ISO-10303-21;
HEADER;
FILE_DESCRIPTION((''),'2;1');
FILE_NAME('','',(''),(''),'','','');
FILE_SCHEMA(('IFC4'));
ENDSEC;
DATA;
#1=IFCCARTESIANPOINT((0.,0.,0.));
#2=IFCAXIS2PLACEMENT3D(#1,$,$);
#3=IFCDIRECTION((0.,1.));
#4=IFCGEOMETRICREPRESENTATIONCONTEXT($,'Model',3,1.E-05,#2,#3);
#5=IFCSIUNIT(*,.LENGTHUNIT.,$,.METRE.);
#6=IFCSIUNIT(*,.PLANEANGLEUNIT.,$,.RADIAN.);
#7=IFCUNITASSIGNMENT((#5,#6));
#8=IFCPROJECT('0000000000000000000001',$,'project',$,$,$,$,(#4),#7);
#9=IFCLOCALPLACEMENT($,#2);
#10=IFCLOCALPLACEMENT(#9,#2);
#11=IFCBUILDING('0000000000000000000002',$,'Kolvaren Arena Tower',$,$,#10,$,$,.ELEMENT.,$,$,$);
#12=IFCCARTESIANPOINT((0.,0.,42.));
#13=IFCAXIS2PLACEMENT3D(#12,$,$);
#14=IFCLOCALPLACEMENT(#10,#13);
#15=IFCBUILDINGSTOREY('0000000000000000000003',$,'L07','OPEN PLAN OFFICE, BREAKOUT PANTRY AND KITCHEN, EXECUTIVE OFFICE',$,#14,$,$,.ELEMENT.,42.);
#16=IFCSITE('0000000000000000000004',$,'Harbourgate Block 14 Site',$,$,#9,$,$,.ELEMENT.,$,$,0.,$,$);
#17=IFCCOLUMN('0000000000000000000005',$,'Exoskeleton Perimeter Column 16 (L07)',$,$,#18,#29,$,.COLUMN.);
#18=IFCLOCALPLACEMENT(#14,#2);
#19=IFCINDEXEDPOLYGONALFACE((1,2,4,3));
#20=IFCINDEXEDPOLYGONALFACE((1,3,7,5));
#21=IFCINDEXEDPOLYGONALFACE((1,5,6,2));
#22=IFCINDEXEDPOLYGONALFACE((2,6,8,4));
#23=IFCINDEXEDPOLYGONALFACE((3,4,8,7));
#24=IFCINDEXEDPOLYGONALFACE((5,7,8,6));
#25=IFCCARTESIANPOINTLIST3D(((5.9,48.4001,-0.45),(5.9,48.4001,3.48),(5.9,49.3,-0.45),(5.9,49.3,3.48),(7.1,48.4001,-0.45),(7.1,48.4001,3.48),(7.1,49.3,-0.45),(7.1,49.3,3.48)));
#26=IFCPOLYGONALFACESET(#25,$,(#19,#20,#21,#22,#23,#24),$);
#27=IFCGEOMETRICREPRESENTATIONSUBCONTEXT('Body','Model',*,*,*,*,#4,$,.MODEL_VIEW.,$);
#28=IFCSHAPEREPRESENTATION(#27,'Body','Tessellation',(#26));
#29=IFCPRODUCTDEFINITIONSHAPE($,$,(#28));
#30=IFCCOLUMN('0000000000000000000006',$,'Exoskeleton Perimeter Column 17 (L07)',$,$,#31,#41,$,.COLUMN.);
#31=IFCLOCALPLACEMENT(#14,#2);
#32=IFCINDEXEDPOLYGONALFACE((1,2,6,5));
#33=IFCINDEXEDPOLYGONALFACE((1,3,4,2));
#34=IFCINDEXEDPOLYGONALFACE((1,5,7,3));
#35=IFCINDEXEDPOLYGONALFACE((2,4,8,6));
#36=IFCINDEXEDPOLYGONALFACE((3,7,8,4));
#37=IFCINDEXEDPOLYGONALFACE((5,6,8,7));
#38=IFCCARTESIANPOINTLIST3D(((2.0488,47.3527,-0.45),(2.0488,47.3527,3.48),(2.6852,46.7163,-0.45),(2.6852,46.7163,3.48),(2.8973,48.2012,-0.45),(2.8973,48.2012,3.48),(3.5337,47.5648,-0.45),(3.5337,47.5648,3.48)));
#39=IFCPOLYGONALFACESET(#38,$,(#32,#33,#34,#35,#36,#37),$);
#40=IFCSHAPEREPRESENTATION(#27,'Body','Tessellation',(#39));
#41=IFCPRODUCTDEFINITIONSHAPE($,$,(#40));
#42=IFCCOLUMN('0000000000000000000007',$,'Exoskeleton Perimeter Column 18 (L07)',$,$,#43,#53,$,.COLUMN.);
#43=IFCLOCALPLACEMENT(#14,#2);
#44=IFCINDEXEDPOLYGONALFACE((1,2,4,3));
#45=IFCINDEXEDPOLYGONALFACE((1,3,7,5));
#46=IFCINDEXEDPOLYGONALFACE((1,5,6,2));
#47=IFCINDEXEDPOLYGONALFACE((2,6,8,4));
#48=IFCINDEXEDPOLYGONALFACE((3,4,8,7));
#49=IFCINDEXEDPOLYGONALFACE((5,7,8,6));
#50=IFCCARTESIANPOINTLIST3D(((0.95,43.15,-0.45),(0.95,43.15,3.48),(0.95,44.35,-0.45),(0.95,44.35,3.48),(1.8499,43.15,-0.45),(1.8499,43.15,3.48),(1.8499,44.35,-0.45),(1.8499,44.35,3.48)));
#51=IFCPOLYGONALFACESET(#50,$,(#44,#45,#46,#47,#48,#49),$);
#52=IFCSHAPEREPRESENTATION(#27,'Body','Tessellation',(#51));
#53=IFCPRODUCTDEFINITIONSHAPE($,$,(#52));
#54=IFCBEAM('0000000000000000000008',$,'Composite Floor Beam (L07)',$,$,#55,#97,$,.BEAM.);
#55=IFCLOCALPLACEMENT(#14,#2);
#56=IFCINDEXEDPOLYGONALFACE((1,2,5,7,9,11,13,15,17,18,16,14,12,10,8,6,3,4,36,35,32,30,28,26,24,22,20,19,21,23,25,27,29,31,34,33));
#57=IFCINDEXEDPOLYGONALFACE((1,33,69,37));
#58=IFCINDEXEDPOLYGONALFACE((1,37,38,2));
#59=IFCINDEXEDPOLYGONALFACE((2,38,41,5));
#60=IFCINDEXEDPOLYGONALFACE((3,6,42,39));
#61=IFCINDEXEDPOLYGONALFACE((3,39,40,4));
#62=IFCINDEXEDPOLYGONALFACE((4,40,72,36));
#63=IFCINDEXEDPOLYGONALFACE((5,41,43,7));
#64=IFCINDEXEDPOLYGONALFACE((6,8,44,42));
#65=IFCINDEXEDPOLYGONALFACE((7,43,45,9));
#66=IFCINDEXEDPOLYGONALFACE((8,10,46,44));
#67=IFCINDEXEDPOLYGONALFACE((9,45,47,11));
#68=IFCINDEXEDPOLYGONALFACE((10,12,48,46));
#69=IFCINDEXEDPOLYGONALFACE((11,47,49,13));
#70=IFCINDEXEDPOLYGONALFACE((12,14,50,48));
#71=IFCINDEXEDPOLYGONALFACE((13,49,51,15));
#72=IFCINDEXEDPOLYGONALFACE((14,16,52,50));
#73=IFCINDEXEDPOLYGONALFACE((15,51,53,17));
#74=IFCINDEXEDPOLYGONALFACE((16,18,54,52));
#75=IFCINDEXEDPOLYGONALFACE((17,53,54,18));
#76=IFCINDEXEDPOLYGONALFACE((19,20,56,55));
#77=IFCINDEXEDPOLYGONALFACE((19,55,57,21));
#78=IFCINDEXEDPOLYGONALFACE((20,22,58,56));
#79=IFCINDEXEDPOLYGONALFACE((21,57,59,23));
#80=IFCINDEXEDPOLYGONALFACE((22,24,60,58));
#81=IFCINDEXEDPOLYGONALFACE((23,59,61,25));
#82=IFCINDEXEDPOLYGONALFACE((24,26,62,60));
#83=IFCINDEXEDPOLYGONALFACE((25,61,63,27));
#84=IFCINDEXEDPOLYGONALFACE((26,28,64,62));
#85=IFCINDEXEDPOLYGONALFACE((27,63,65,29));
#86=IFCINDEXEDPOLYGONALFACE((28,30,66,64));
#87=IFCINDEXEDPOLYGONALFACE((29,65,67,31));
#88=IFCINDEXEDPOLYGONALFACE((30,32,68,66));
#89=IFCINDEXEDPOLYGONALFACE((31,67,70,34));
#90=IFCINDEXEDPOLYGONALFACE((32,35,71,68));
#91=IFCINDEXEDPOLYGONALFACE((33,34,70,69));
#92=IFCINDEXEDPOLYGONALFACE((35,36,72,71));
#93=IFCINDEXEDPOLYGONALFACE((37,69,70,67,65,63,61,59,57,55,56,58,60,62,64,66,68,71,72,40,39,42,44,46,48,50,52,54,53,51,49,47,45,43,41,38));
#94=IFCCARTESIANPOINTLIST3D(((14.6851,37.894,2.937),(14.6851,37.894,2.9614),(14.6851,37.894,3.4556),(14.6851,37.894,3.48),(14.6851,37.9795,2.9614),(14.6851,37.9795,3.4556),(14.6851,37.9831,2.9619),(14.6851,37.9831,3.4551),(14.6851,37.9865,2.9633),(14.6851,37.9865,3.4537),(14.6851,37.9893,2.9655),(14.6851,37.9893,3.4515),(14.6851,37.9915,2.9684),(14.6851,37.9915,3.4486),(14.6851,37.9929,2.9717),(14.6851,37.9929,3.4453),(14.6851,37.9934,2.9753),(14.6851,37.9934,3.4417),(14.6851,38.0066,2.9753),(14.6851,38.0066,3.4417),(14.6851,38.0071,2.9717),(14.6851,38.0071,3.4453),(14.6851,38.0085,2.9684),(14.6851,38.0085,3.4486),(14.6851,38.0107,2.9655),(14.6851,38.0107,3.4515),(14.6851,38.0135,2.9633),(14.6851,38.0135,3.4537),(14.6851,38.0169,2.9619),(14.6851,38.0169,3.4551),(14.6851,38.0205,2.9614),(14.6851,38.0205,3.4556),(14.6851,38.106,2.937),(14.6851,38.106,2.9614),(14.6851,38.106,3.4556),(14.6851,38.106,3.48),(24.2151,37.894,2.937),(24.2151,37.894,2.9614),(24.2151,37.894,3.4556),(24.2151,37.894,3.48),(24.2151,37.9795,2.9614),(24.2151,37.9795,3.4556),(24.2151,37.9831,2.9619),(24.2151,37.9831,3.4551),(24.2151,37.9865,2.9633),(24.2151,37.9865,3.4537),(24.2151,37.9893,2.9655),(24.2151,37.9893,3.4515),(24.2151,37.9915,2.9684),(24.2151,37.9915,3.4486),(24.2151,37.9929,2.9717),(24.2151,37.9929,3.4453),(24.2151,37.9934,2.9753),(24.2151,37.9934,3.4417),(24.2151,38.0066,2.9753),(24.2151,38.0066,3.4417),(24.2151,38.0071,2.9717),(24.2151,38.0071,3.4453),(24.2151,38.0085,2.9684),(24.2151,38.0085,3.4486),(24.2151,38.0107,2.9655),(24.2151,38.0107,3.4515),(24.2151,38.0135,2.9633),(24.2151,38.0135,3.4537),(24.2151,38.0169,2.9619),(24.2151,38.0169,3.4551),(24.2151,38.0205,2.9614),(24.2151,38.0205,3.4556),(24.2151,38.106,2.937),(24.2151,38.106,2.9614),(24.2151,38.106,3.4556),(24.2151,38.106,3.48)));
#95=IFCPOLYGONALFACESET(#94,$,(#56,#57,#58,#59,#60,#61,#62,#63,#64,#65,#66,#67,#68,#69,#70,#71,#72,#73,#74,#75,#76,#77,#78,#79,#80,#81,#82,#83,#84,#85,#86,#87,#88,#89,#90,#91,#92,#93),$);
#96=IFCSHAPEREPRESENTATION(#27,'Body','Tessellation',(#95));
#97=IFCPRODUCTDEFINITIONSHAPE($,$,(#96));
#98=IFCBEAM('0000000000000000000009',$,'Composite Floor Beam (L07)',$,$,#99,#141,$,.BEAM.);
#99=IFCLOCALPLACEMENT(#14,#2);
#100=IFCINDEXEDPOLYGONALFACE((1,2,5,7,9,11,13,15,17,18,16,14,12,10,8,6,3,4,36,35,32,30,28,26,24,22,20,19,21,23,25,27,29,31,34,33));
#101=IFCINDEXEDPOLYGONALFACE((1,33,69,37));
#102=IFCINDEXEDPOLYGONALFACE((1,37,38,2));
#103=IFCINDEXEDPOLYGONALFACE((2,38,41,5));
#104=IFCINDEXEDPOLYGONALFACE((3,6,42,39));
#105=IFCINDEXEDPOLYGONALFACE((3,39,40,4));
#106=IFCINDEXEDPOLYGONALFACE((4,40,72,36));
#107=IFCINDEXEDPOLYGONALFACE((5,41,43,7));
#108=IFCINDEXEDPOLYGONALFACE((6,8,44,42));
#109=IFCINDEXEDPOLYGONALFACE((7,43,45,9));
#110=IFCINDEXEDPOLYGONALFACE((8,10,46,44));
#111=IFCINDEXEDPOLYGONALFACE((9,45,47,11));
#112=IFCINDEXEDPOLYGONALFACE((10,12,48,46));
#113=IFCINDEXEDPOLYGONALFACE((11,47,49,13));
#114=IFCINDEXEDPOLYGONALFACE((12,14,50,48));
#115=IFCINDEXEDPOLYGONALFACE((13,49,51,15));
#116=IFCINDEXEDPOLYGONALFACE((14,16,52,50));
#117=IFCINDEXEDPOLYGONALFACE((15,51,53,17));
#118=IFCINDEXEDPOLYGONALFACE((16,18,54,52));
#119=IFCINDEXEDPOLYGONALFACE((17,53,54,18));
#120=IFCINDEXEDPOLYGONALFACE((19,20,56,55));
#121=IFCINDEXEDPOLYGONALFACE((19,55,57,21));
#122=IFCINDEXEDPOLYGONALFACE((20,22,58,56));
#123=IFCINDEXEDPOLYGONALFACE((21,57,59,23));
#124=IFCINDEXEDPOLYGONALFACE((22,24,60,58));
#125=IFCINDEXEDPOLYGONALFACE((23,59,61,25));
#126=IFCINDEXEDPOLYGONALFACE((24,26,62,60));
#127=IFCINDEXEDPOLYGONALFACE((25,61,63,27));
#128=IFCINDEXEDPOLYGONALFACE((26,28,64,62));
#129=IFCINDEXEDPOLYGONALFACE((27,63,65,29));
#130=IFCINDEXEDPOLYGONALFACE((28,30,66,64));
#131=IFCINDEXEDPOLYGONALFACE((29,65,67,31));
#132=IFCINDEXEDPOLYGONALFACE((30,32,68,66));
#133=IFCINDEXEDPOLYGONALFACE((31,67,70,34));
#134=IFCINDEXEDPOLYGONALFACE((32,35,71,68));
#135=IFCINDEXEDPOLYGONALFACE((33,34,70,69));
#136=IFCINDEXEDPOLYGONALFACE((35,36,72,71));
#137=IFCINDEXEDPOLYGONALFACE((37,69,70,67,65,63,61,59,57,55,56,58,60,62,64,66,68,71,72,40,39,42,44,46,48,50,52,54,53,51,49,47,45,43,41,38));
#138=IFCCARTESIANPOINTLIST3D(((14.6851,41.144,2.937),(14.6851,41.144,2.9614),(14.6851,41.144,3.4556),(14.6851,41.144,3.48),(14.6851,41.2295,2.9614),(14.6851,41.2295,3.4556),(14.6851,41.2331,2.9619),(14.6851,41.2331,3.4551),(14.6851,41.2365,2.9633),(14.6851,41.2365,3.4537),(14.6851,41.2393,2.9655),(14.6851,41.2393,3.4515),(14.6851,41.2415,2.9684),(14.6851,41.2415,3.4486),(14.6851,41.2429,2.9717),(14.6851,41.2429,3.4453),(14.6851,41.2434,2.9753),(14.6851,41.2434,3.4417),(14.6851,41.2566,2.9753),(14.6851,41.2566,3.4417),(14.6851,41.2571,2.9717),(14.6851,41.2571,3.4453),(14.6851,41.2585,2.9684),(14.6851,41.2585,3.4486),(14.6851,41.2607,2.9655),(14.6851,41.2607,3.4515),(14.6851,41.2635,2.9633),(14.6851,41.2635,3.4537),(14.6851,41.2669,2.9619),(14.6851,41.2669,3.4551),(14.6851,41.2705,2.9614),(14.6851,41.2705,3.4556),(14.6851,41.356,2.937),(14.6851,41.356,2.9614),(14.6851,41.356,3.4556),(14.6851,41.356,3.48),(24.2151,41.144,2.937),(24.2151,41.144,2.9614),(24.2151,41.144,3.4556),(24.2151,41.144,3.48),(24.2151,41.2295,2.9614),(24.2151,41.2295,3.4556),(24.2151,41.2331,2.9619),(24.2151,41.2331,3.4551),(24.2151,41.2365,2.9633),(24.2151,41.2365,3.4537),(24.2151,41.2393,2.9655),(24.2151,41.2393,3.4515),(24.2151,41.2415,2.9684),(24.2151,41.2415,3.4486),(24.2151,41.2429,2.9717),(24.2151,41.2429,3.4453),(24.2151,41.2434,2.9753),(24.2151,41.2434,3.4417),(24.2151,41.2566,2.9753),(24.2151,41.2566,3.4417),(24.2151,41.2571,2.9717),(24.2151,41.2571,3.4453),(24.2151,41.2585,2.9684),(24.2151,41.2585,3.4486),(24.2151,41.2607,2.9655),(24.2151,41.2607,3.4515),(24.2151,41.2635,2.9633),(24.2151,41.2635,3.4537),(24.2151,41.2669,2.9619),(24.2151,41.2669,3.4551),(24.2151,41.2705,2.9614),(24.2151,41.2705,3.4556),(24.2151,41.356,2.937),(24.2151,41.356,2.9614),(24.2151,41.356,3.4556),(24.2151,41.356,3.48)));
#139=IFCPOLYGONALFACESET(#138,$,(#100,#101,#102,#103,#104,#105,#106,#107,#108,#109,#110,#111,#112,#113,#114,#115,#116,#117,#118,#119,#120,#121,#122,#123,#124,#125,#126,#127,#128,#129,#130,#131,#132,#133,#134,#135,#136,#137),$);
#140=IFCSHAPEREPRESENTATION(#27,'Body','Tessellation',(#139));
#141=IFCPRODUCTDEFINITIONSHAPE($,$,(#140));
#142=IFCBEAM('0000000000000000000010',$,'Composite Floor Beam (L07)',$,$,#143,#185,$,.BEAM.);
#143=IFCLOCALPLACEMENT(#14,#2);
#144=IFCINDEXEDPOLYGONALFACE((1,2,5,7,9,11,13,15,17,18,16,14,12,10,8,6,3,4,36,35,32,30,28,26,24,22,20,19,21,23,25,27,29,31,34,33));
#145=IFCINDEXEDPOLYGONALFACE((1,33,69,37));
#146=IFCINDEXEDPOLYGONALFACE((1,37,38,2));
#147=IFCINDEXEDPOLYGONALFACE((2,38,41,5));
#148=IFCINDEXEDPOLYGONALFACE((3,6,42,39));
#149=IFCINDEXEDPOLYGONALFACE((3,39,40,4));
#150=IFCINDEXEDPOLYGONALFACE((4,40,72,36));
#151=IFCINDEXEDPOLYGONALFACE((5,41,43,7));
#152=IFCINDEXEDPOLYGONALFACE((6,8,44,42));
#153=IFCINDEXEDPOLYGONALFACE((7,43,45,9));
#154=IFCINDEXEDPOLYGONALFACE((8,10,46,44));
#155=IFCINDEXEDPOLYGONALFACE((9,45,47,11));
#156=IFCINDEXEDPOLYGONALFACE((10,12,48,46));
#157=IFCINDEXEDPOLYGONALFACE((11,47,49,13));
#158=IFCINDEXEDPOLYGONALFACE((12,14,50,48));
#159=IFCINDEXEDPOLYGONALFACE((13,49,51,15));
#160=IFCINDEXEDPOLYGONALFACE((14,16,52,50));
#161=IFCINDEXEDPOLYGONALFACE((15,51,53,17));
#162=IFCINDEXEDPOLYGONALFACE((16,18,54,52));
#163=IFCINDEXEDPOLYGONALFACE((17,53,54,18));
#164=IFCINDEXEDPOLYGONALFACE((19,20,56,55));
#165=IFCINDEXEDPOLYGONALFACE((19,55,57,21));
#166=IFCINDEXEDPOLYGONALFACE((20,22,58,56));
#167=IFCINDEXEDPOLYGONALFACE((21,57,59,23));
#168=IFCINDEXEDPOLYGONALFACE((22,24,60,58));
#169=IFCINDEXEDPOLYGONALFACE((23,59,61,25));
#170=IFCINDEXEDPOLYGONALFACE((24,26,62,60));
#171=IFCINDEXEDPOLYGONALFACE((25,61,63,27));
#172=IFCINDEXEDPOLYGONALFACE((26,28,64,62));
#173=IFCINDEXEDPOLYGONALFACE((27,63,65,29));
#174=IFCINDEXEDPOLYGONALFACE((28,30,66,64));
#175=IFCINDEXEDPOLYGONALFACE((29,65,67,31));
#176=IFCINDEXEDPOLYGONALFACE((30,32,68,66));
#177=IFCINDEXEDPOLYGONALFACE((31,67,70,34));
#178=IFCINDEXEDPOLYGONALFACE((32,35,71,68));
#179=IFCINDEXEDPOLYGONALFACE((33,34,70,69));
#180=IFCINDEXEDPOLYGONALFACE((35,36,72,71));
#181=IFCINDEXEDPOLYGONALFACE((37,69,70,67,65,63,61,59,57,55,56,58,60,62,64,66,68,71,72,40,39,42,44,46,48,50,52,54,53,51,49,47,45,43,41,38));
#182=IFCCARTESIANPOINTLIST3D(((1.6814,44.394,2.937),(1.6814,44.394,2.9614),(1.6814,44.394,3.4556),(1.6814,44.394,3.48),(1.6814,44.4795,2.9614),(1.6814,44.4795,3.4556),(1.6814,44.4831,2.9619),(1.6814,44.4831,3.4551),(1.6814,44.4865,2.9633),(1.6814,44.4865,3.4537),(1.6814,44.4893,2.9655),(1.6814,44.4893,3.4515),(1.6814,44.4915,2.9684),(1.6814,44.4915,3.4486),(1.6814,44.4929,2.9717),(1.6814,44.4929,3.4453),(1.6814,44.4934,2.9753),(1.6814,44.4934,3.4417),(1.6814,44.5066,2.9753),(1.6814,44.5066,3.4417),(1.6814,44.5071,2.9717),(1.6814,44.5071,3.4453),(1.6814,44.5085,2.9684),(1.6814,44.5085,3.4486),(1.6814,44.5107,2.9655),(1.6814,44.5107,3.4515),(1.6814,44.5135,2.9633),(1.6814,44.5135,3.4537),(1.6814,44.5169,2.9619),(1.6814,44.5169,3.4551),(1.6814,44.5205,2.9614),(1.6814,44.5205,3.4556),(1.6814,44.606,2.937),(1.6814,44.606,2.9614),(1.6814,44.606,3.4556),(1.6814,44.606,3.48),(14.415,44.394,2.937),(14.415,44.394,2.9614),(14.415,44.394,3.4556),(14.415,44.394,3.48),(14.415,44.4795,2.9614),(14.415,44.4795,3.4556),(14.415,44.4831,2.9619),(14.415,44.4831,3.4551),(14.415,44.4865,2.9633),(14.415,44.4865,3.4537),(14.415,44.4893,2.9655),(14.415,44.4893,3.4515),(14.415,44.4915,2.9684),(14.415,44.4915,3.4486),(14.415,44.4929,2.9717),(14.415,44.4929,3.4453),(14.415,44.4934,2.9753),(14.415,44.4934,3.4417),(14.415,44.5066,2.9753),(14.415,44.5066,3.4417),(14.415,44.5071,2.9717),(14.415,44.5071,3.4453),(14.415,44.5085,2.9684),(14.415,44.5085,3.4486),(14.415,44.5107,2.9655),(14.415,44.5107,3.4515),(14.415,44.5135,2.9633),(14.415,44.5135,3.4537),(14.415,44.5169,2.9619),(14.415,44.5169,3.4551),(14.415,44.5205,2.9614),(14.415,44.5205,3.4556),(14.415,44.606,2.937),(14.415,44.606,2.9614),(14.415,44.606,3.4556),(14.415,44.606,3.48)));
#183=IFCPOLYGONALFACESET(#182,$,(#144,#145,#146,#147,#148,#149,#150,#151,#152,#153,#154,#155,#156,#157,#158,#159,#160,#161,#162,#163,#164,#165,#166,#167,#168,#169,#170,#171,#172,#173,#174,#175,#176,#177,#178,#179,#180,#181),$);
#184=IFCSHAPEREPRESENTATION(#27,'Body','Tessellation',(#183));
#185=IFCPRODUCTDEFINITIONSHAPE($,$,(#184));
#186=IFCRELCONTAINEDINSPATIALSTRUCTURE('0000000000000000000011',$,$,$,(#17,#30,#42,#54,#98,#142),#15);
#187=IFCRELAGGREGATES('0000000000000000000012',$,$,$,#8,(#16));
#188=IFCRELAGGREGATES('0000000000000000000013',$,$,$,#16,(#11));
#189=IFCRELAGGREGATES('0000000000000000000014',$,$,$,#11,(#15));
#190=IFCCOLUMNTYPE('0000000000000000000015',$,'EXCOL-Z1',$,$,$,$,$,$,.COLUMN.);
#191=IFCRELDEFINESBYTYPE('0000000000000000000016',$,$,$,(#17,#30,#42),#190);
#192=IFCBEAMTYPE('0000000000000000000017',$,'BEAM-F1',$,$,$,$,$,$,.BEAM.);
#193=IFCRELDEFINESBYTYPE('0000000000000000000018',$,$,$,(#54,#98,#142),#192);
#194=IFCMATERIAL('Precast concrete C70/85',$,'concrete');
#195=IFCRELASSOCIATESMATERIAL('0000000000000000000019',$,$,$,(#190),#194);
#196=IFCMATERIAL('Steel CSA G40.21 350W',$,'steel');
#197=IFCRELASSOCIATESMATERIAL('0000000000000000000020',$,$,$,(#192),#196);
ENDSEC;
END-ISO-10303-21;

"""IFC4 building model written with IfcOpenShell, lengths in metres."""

from ifc_helpers import new_model, si_unit, direction, frame, origin, origin_2d, place, context, subcontext, project, spatial, rectangle, i_section, extrude, material, material_profile, profile_set, type_object, element, save


model = new_model("IFC4")

# Units and contexts
model_context = context("Model", 3, precision=1e-05, world=origin(), true_north=direction((0.0, 1.0)))
body_context = subcontext(model_context, "Body", "Model", "MODEL_VIEW")
ifc_project = project(units=[si_unit("LENGTHUNIT", "METRE"), si_unit("PLANEANGLEUNIT", "RADIAN")], contexts=[model_context])

# Site, building, storey
site_placement = place(None, origin())
site = spatial("IfcSite", under=ifc_project, at=site_placement, Name="Harbourgate Block 14 Site", CompositionType="ELEMENT", RefElevation=0.0)
building_placement = place(site_placement, origin())
building = spatial("IfcBuilding", under=site, at=building_placement, Name="Kolvaren Arena Tower", CompositionType="ELEMENT")
storey_placement = place(building_placement, frame((0.0, 0.0, 42.0)))
storey = spatial("IfcBuildingStorey", under=building, at=storey_placement, Name="L07", Description="OPEN PLAN OFFICE, BREAKOUT PANTRY AND KITCHEN, EXECUTIVE OFFICE", CompositionType="ELEMENT", Elevation=42.0)

# Columns
ifc_material_1 = material(Name="Precast concrete C70/85", Category="concrete")
ifc_material_profile_1 = material_profile(ifc_material_1, rectangle(XDim=1.2, YDim=0.8999, at=origin_2d()), Name="RC-1200x900")
ifc_profile_set_1 = profile_set([ifc_material_profile_1], Name="Precast concrete C70/85")
column_type = type_object("IfcColumnType", Name="EXCOL-Z1", PredefinedType="COLUMN", material=ifc_profile_set_1)
for number, where, z_axis, x_axis, name in (
    (1, (6.5, 48.8501, -0.45), (0.0, 0.0, 1.0), (1.0, 0.0, 0.0), "Exoskeleton Perimeter Column 16 (L07)"),
    (2, (2.7913, 47.4587, -0.45), (0.0, 0.0, 1.0), (0.707107, 0.707107, 0.0), "Exoskeleton Perimeter Column 17 (L07)"),
    (3, (1.3999, 43.75, -0.45), (0.0, 0.0, 1.0), (0.0, 1.0, 0.0), "Exoskeleton Perimeter Column 18 (L07)"),
):
    element("IfcColumn", number, at=place(storey_placement, frame(where, z_axis=z_axis, x_axis=x_axis)), inside=storey, type_object=column_type, Name=name, PredefinedType="COLUMN", context=body_context, shape_type="SweptSolid", body=[
        extrude(rectangle(XDim=1.2, YDim=0.8999, at=origin_2d()), origin(), (0.0, 0.0, 1.0), 3.9299),
    ])

# Beams
ifc_material_2 = material(Name="Steel CSA G40.21 350W", Category="steel")
ifc_material_profile_2 = material_profile(ifc_material_2, i_section(OverallWidth=0.2119, OverallDepth=0.543, WebThickness=0.0132, FlangeThickness=0.0244, FilletRadius=0.0139, at=origin_2d()), Name="W530x150")
ifc_profile_set_2 = profile_set([ifc_material_profile_2], Name="Steel CSA G40.21 350W")
beam_type_1 = type_object("IfcBeamType", Name="BEAM-F1", PredefinedType="BEAM", material=ifc_profile_set_2)
for number, where, z_axis, x_axis, name in (
    (4, (14.6851, 38.0, 3.2085), (1.0, 0.0, 0.0), (0.0, 1.0, 0.0), "Composite Floor Beam (L07)"),
    (5, (14.6851, 41.25, 3.2085), (1.0, 0.0, 0.0), (0.0, 1.0, 0.0), "Composite Floor Beam (L07)"),
):
    element("IfcBeam", number, at=place(storey_placement, frame(where, z_axis=z_axis, x_axis=x_axis)), inside=storey, type_object=beam_type_1, Name=name, PredefinedType="BEAM", context=body_context, shape_type="SweptSolid", body=[
        extrude(i_section(OverallWidth=0.2119, OverallDepth=0.543, WebThickness=0.0132, FlangeThickness=0.0244, FilletRadius=0.0139, at=origin_2d()), origin(), (0.0, 0.0, 1.0), 9.53),
    ])
beam_1_placement = place(storey_placement, frame((1.6814, 44.5, 3.2085), z_axis=(1.0, 0.0, 0.0), x_axis=(0.0, 1.0, 0.0)))
element("IfcBeam", 6, at=beam_1_placement, inside=storey, type_object=beam_type_1, Name="Composite Floor Beam (L07)", PredefinedType="BEAM", context=body_context, shape_type="SweptSolid", body=[
    extrude(i_section(OverallWidth=0.2119, OverallDepth=0.543, WebThickness=0.0132, FlangeThickness=0.0244, FilletRadius=0.0139, at=origin_2d()), origin(), (0.0, 0.0, 1.0), 12.7336),
])

save(model, "model.ifc")
